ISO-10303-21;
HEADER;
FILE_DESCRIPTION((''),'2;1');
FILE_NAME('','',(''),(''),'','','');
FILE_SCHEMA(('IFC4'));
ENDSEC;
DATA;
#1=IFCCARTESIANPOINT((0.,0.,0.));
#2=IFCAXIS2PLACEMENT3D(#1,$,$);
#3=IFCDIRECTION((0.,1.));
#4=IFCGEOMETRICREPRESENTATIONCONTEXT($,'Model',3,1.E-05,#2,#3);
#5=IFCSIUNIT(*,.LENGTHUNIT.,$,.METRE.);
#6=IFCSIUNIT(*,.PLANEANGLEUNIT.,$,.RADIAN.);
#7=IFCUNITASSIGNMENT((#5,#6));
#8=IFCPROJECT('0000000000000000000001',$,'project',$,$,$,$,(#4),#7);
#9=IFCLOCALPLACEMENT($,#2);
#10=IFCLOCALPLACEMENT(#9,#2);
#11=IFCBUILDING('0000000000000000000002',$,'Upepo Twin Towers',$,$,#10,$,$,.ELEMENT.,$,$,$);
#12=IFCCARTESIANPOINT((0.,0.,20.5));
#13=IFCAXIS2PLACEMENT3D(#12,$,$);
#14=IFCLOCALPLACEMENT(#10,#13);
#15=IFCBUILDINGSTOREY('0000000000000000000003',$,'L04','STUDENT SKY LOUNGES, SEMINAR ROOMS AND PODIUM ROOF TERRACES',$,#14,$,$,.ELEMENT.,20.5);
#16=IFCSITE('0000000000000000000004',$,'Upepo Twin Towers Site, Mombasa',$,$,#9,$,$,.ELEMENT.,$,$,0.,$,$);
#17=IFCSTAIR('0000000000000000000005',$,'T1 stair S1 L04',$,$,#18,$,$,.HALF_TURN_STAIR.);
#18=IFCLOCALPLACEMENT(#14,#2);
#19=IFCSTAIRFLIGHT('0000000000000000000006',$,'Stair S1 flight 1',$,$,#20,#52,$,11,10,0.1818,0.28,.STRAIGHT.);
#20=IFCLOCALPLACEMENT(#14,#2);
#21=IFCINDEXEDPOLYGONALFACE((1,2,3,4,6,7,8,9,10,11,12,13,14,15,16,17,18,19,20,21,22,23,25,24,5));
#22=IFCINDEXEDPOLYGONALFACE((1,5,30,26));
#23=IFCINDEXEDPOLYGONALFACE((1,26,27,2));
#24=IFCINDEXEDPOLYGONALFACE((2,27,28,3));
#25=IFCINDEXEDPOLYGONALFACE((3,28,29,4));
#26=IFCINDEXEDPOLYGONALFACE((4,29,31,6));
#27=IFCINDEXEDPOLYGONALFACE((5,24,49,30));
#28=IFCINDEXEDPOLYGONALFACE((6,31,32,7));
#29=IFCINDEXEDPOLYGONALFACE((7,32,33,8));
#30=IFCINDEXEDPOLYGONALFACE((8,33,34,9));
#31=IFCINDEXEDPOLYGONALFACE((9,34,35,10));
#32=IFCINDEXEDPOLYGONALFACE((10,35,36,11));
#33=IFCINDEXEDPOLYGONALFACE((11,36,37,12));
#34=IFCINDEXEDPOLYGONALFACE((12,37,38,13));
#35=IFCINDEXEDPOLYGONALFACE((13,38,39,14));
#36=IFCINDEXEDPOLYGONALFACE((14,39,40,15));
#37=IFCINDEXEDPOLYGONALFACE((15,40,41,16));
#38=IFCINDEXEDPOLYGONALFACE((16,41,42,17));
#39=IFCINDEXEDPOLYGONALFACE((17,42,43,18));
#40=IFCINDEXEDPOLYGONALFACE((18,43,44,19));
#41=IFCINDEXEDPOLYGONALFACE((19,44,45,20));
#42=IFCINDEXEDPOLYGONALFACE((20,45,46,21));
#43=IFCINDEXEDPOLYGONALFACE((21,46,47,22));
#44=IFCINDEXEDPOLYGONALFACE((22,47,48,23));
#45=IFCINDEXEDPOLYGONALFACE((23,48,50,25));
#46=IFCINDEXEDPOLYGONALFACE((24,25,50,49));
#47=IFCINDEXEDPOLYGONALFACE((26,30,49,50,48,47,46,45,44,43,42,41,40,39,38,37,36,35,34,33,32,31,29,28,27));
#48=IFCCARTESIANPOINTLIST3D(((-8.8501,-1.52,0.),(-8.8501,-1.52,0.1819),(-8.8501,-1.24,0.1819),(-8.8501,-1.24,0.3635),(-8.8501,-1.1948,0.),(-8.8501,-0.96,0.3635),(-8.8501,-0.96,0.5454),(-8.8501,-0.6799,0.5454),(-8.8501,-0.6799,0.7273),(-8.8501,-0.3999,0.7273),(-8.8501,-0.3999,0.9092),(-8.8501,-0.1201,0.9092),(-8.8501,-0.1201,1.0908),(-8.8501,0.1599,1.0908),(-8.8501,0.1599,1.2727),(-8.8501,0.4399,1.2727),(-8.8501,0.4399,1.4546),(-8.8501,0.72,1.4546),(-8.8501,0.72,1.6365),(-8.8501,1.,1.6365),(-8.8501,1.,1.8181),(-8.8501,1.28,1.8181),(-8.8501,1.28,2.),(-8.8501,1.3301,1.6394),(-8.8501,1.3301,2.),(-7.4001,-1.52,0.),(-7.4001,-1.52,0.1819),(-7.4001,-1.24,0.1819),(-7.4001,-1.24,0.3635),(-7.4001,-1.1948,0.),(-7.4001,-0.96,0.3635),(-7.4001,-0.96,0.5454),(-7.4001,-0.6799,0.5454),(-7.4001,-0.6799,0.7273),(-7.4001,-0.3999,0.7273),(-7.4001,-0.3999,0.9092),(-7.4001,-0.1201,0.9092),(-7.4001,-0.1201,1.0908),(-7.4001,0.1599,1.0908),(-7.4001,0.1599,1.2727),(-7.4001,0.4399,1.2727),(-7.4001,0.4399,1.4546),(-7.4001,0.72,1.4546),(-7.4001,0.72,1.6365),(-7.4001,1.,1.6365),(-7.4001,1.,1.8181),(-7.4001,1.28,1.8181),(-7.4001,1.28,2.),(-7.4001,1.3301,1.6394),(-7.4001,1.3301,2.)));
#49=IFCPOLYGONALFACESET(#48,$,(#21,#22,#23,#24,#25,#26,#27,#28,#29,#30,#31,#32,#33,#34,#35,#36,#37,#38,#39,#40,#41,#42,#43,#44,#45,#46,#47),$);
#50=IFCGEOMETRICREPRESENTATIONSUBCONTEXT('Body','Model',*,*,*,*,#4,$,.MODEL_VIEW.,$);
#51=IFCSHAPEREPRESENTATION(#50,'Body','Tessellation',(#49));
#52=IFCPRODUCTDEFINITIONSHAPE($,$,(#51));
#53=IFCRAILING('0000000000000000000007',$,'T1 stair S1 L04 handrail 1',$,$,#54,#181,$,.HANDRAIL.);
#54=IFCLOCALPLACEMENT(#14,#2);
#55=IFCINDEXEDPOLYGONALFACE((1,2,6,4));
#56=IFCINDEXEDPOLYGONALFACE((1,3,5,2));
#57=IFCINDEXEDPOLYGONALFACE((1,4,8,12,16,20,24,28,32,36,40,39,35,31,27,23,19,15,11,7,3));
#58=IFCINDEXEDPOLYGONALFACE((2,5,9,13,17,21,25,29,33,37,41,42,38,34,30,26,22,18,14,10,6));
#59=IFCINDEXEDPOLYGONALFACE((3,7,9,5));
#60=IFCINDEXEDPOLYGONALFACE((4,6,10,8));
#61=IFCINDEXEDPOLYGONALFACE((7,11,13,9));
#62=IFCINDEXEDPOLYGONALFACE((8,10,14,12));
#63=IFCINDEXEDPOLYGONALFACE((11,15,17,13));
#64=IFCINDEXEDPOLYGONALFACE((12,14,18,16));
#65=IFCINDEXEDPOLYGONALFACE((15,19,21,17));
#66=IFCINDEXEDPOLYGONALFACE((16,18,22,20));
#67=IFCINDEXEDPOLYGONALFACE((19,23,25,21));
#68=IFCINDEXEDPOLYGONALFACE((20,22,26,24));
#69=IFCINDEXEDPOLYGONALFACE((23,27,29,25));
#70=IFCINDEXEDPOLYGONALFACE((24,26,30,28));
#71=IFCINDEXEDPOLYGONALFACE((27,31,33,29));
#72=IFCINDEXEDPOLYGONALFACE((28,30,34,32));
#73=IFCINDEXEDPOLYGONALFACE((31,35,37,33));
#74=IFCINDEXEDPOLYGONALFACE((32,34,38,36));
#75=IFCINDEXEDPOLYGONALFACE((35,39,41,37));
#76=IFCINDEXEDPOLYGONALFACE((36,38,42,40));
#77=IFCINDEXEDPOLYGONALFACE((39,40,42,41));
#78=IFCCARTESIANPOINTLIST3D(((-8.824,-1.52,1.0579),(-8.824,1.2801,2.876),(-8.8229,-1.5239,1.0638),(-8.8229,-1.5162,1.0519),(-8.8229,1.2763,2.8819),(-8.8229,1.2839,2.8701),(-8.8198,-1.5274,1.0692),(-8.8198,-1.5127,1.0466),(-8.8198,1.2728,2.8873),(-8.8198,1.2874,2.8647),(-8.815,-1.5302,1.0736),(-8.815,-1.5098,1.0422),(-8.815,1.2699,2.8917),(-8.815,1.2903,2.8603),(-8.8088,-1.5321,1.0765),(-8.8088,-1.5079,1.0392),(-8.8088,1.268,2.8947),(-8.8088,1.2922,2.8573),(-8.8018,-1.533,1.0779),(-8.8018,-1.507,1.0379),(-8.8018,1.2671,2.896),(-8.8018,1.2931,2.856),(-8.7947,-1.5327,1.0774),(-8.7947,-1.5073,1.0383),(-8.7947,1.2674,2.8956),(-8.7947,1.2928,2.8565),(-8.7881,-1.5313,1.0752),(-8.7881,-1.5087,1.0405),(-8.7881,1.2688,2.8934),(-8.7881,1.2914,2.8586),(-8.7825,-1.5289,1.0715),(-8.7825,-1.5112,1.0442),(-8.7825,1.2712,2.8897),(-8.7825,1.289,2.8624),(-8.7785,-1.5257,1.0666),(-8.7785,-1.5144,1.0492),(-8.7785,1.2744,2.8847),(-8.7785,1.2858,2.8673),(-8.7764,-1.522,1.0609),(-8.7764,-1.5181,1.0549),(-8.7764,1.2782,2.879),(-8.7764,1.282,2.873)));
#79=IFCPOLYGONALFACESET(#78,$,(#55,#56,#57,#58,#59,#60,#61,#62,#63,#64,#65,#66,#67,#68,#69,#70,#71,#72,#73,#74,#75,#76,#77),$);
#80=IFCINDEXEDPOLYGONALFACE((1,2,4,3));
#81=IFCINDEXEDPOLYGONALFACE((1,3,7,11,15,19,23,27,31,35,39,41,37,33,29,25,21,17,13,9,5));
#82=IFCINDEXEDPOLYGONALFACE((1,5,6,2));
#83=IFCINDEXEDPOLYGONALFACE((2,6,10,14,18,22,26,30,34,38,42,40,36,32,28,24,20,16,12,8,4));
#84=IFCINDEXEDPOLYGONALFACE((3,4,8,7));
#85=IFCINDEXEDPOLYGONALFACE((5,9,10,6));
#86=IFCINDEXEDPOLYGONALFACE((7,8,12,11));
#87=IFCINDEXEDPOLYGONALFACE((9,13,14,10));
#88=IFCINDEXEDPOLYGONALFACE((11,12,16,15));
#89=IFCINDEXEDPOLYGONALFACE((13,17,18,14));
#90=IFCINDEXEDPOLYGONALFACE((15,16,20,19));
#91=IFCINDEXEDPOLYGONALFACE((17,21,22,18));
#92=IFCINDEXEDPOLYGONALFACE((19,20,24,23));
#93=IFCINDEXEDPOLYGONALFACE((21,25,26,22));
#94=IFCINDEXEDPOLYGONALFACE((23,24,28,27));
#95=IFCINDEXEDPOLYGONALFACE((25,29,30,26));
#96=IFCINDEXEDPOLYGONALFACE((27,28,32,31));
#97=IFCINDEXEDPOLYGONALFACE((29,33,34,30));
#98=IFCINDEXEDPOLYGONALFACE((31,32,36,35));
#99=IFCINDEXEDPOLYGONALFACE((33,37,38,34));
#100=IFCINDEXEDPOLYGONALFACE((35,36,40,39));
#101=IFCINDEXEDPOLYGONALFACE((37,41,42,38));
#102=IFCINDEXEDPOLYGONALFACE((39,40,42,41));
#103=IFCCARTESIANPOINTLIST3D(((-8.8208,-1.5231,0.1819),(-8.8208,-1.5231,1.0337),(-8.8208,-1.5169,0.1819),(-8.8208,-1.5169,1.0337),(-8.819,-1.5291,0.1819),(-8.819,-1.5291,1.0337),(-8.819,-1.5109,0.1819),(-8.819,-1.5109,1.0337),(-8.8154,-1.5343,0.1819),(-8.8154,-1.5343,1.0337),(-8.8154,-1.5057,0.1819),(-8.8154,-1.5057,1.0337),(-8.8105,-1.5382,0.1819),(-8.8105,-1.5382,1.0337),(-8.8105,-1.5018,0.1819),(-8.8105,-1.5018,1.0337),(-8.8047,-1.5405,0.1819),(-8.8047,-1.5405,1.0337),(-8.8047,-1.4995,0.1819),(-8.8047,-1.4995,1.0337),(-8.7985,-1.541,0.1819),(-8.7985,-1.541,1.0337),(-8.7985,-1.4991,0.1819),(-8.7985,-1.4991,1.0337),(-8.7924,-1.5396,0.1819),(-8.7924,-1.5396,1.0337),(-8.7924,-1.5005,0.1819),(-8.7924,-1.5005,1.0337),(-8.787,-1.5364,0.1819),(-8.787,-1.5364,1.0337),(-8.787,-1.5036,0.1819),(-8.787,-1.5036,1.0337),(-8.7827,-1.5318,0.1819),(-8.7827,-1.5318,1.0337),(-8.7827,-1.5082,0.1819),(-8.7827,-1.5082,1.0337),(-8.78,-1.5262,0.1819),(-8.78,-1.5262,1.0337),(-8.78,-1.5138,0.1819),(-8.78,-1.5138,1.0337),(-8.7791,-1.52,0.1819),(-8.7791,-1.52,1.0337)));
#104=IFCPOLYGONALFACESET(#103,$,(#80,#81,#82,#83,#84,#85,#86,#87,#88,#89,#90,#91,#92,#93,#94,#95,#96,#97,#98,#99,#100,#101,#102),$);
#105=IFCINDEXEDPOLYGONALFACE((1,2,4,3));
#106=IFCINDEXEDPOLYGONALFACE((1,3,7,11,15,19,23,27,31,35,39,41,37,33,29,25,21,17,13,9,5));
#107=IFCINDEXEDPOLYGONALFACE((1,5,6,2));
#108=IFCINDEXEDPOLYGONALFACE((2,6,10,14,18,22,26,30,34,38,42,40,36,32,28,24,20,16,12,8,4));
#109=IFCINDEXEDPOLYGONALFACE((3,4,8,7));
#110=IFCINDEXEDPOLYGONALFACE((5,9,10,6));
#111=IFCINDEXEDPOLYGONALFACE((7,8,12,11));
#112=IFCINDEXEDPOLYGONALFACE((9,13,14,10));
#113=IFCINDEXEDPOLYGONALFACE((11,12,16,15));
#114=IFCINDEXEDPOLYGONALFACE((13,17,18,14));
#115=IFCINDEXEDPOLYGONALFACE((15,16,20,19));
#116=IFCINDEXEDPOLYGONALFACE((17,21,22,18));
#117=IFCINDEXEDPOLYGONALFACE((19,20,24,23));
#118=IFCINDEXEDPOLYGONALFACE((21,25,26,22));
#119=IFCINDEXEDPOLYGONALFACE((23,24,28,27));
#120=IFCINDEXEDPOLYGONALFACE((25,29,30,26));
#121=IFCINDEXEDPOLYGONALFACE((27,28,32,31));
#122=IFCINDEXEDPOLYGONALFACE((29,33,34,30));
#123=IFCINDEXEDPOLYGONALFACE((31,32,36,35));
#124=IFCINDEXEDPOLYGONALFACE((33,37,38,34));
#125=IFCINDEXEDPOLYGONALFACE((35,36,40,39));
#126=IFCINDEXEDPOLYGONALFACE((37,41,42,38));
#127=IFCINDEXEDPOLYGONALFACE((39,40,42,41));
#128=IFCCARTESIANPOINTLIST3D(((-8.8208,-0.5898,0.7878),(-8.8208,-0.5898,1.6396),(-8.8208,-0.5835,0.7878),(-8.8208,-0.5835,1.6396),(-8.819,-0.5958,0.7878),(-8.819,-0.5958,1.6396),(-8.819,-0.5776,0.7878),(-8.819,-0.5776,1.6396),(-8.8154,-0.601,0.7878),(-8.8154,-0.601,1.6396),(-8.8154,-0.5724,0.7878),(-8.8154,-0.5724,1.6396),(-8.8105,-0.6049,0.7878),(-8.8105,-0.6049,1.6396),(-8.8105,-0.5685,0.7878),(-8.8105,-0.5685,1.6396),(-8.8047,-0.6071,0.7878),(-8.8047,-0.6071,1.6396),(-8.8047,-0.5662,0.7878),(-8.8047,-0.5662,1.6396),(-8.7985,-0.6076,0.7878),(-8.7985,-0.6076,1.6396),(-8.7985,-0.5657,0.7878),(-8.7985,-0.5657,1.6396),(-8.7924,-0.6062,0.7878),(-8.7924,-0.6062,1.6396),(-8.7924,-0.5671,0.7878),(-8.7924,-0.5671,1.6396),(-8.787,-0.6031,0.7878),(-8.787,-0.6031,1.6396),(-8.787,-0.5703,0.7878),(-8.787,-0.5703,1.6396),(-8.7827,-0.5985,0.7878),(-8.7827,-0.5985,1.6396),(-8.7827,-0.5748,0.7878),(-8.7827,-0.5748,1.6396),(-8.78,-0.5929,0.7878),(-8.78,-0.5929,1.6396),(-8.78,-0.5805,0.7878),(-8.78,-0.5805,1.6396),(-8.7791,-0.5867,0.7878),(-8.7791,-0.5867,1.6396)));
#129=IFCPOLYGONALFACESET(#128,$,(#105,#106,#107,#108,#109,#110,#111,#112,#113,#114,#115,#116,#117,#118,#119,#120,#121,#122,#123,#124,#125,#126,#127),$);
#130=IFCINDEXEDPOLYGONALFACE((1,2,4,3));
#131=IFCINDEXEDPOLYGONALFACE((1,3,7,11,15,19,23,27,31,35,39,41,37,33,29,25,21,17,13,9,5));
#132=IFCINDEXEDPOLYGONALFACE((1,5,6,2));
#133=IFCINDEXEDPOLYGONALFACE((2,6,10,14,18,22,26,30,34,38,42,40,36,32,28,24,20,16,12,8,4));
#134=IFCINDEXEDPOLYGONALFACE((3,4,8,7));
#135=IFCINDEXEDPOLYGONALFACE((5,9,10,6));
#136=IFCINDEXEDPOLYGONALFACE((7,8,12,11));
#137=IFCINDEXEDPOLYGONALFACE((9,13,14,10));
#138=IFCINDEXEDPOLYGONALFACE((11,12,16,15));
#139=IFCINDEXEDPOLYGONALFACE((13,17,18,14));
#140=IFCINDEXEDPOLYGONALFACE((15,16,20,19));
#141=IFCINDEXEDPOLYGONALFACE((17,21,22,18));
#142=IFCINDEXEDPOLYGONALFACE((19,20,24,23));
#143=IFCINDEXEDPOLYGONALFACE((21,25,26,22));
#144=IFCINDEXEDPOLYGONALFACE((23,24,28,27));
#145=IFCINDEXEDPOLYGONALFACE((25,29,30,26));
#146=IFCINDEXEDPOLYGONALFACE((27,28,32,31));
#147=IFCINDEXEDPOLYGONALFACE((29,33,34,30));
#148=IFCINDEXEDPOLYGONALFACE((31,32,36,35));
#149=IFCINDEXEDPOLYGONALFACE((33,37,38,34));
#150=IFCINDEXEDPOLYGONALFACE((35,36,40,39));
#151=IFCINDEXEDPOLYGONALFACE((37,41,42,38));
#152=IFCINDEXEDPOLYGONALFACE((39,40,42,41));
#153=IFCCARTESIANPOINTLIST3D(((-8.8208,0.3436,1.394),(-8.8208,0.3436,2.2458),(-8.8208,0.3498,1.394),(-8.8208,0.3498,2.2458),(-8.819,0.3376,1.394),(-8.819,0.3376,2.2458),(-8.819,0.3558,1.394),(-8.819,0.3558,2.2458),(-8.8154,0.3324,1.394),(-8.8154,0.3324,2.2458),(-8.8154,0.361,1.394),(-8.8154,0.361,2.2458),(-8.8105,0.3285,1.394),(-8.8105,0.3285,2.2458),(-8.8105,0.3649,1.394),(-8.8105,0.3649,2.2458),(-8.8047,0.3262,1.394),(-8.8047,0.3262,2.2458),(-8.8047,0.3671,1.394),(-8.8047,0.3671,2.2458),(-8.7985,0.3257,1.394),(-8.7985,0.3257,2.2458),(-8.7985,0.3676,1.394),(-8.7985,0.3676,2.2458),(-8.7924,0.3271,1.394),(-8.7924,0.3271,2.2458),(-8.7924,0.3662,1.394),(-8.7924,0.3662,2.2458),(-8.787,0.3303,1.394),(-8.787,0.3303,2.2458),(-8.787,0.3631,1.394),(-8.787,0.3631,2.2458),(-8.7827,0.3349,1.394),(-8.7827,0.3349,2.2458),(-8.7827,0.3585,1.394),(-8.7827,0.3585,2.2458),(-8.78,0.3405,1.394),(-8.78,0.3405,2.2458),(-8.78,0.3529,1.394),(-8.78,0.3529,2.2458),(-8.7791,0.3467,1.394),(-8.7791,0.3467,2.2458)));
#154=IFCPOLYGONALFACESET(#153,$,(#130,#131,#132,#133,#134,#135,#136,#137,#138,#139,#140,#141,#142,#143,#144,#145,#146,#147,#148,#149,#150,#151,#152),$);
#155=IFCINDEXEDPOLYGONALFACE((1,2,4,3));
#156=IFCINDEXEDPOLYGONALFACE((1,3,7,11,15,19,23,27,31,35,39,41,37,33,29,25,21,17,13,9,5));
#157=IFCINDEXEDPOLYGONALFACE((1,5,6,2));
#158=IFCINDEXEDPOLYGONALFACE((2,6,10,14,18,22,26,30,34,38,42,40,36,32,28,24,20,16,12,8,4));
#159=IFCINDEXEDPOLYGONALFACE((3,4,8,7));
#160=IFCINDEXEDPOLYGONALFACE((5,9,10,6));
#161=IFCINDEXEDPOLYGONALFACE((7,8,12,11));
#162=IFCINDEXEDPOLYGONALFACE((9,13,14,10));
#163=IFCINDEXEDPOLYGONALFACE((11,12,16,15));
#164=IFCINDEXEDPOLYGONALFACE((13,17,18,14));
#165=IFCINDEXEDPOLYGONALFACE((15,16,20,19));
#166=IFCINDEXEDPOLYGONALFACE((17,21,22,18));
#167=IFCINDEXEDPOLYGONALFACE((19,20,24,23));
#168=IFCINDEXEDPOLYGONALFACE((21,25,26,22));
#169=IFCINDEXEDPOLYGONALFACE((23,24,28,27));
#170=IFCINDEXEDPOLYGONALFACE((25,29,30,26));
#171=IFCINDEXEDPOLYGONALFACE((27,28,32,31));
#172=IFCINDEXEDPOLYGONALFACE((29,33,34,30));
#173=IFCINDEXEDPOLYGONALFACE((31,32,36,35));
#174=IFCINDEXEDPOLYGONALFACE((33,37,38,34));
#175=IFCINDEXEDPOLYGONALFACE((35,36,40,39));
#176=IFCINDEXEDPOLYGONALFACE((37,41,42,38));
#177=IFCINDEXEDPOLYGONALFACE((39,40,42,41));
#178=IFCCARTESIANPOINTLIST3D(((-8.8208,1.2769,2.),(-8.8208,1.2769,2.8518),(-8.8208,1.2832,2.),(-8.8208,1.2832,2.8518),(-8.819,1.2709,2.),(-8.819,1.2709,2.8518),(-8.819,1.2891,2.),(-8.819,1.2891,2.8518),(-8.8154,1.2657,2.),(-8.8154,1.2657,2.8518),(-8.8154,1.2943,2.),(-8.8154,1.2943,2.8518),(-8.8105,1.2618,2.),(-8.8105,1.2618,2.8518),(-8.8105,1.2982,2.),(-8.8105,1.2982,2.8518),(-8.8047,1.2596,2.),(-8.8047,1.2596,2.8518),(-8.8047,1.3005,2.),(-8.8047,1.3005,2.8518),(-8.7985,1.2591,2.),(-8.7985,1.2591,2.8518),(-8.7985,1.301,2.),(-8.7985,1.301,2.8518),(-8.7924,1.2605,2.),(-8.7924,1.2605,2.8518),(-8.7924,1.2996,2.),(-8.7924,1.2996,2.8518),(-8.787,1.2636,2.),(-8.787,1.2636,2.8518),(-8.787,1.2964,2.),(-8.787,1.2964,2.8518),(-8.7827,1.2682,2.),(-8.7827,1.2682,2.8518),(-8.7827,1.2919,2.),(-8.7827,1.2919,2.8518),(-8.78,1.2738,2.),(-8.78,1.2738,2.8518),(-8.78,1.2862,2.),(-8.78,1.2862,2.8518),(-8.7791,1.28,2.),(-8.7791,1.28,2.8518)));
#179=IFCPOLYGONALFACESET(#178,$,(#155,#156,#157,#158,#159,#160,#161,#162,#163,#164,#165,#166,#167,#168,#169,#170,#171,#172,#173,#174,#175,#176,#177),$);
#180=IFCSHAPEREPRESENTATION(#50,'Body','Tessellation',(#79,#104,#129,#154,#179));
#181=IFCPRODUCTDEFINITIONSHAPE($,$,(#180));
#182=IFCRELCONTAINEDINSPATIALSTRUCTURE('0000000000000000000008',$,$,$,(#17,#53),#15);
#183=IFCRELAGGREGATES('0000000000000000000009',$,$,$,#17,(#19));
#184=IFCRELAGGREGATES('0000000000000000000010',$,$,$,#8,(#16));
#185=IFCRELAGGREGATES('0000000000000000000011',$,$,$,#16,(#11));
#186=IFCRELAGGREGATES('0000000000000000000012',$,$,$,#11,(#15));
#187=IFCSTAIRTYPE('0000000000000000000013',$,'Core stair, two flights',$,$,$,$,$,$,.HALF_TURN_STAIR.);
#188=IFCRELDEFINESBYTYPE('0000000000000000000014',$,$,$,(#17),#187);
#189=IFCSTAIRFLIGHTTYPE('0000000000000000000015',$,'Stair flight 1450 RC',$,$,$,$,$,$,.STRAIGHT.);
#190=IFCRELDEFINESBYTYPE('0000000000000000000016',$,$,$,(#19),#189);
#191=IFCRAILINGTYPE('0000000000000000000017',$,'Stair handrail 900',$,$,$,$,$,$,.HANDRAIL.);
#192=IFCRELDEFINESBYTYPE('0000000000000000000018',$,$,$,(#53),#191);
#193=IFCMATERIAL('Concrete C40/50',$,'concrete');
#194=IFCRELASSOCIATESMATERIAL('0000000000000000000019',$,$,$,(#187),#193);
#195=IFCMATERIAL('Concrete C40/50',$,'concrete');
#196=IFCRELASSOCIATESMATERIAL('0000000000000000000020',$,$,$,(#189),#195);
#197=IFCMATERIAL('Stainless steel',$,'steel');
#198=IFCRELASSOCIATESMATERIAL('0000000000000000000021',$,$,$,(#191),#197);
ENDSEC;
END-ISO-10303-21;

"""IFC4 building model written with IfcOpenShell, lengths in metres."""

from ifc_helpers import new_model, si_unit, direction, frame, origin, origin_2d, place, context, subcontext, project, spatial, polyline, circle, outline, extrude, material, type_object, element, aggregate, save


model = new_model("IFC4")

# Units and contexts
model_context = context("Model", 3, precision=1e-05, world=origin(), true_north=direction((0.0, 1.0)))
body_context = subcontext(model_context, "Body", "Model", "MODEL_VIEW")
ifc_project = project(units=[si_unit("LENGTHUNIT", "METRE"), si_unit("PLANEANGLEUNIT", "RADIAN")], contexts=[model_context])

# Site, building, storey
site_placement = place(None, origin())
site = spatial("IfcSite", under=ifc_project, at=site_placement, Name="Upepo Twin Towers Site, Mombasa", CompositionType="ELEMENT", RefElevation=0.0)
building_placement = place(site_placement, origin())
building = spatial("IfcBuilding", under=site, at=building_placement, Name="Upepo Twin Towers", CompositionType="ELEMENT")
storey_placement = place(building_placement, frame((0.0, 0.0, 20.5)))
storey = spatial("IfcBuildingStorey", under=building, at=storey_placement, Name="L04", Description="STUDENT SKY LOUNGES, SEMINAR ROOMS AND PODIUM ROOF TERRACES", CompositionType="ELEMENT", Elevation=20.5)

# Stair, stair flight
ifc_material_1 = material(Name="Concrete C40/50", Category="concrete")
stair_type = type_object("IfcStairType", Name="Core stair, two flights", PredefinedType="HALF_TURN_STAIR", material=ifc_material_1)
stair_placement = place(storey_placement, origin())
stair = element("IfcStair", 1, at=stair_placement, inside=storey, type_object=stair_type, Name="T1 stair S1 L04", PredefinedType="HALF_TURN_STAIR")
ifc_material_2 = material(Name="Concrete C40/50", Category="concrete")
stair_flight_type = type_object("IfcStairFlightType", Name="Stair flight 1450 RC", PredefinedType="STRAIGHT", material=ifc_material_2)
stair_flight_placement = place(storey_placement, frame((-8.125, -1.52, 0.0), z_axis=(0.0, 0.0, 1.0), x_axis=(0.0, 1.0, 0.0)))
stair_flight = element("IfcStairFlight", 2, at=stair_flight_placement, type_object=stair_flight_type, Name="Stair S1 flight 1", NumberOfRisers=11, NumberOfTreads=10, PredefinedType="STRAIGHT", RiserHeight=0.1818, TreadLength=0.28, context=body_context, shape_type="SweptSolid", body=[
    extrude(outline(polyline([(0.0, 0.0), (0.0, 0.1819), (0.28, 0.1819), (0.28, 0.3635), (0.5601, 0.3635), (0.5601, 0.5454), (0.8401, 0.5454), (0.8401, 0.7273), (1.1201, 0.7273), (1.1201, 0.9092), (1.3999, 0.9092), (1.3999, 1.0908), (1.6799, 1.0908), (1.6799, 1.2727), (1.96, 1.2727), (1.96, 1.4546), (2.24, 1.4546), (2.24, 1.6365), (2.52, 1.6365), (2.52, 1.8181), (2.8, 1.8181), (2.8, 2.0), (2.8501, 2.0), (2.8501, 1.6394), (0.3252, 0.0), (0.0, 0.0)])), frame((0.0, 0.7251, 0.0), z_axis=(0.0, -1.0, 0.0), x_axis=(1.0, 0.0, 0.0)), (0.0, 0.0, 1.0), 1.45),
])
aggregate(stair, [stair_flight])

# Railing
ifc_material_3 = material(Name="Stainless steel", Category="steel")
railing_type = type_object("IfcRailingType", Name="Stair handrail 900", PredefinedType="HANDRAIL", material=ifc_material_3)
railing_placement = place(storey_placement, frame((-8.8, -1.52, 0.1819)))
element("IfcRailing", 3, at=railing_placement, inside=storey, type_object=railing_type, Name="T1 stair S1 L04 handrail 1", PredefinedType="HANDRAIL", context=body_context, shape_type="SweptSolid", body=[
    extrude(circle(Radius=0.0239, at=origin_2d()), frame((0.0, 0.0, 0.876), z_axis=(0.0, 0.838706, 0.544585), x_axis=(-1.0, 0.0, 0.0)), (0.0, 0.0, 1.0), 3.3386),
    extrude(circle(Radius=0.021, at=origin_2d()), origin(), (0.0, 0.0, 1.0), 0.8518),
    extrude(circle(Radius=0.021, at=origin_2d()), frame((0.0, 0.9333, 0.606)), (0.0, 0.0, 1.0), 0.8518),
    extrude(circle(Radius=0.021, at=origin_2d()), frame((0.0, 1.8667, 1.2122)), (0.0, 0.0, 1.0), 0.8518),
    extrude(circle(Radius=0.021, at=origin_2d()), frame((0.0, 2.8, 1.8181)), (0.0, 0.0, 1.0), 0.8518),
])

save(model, "model.ifc")
